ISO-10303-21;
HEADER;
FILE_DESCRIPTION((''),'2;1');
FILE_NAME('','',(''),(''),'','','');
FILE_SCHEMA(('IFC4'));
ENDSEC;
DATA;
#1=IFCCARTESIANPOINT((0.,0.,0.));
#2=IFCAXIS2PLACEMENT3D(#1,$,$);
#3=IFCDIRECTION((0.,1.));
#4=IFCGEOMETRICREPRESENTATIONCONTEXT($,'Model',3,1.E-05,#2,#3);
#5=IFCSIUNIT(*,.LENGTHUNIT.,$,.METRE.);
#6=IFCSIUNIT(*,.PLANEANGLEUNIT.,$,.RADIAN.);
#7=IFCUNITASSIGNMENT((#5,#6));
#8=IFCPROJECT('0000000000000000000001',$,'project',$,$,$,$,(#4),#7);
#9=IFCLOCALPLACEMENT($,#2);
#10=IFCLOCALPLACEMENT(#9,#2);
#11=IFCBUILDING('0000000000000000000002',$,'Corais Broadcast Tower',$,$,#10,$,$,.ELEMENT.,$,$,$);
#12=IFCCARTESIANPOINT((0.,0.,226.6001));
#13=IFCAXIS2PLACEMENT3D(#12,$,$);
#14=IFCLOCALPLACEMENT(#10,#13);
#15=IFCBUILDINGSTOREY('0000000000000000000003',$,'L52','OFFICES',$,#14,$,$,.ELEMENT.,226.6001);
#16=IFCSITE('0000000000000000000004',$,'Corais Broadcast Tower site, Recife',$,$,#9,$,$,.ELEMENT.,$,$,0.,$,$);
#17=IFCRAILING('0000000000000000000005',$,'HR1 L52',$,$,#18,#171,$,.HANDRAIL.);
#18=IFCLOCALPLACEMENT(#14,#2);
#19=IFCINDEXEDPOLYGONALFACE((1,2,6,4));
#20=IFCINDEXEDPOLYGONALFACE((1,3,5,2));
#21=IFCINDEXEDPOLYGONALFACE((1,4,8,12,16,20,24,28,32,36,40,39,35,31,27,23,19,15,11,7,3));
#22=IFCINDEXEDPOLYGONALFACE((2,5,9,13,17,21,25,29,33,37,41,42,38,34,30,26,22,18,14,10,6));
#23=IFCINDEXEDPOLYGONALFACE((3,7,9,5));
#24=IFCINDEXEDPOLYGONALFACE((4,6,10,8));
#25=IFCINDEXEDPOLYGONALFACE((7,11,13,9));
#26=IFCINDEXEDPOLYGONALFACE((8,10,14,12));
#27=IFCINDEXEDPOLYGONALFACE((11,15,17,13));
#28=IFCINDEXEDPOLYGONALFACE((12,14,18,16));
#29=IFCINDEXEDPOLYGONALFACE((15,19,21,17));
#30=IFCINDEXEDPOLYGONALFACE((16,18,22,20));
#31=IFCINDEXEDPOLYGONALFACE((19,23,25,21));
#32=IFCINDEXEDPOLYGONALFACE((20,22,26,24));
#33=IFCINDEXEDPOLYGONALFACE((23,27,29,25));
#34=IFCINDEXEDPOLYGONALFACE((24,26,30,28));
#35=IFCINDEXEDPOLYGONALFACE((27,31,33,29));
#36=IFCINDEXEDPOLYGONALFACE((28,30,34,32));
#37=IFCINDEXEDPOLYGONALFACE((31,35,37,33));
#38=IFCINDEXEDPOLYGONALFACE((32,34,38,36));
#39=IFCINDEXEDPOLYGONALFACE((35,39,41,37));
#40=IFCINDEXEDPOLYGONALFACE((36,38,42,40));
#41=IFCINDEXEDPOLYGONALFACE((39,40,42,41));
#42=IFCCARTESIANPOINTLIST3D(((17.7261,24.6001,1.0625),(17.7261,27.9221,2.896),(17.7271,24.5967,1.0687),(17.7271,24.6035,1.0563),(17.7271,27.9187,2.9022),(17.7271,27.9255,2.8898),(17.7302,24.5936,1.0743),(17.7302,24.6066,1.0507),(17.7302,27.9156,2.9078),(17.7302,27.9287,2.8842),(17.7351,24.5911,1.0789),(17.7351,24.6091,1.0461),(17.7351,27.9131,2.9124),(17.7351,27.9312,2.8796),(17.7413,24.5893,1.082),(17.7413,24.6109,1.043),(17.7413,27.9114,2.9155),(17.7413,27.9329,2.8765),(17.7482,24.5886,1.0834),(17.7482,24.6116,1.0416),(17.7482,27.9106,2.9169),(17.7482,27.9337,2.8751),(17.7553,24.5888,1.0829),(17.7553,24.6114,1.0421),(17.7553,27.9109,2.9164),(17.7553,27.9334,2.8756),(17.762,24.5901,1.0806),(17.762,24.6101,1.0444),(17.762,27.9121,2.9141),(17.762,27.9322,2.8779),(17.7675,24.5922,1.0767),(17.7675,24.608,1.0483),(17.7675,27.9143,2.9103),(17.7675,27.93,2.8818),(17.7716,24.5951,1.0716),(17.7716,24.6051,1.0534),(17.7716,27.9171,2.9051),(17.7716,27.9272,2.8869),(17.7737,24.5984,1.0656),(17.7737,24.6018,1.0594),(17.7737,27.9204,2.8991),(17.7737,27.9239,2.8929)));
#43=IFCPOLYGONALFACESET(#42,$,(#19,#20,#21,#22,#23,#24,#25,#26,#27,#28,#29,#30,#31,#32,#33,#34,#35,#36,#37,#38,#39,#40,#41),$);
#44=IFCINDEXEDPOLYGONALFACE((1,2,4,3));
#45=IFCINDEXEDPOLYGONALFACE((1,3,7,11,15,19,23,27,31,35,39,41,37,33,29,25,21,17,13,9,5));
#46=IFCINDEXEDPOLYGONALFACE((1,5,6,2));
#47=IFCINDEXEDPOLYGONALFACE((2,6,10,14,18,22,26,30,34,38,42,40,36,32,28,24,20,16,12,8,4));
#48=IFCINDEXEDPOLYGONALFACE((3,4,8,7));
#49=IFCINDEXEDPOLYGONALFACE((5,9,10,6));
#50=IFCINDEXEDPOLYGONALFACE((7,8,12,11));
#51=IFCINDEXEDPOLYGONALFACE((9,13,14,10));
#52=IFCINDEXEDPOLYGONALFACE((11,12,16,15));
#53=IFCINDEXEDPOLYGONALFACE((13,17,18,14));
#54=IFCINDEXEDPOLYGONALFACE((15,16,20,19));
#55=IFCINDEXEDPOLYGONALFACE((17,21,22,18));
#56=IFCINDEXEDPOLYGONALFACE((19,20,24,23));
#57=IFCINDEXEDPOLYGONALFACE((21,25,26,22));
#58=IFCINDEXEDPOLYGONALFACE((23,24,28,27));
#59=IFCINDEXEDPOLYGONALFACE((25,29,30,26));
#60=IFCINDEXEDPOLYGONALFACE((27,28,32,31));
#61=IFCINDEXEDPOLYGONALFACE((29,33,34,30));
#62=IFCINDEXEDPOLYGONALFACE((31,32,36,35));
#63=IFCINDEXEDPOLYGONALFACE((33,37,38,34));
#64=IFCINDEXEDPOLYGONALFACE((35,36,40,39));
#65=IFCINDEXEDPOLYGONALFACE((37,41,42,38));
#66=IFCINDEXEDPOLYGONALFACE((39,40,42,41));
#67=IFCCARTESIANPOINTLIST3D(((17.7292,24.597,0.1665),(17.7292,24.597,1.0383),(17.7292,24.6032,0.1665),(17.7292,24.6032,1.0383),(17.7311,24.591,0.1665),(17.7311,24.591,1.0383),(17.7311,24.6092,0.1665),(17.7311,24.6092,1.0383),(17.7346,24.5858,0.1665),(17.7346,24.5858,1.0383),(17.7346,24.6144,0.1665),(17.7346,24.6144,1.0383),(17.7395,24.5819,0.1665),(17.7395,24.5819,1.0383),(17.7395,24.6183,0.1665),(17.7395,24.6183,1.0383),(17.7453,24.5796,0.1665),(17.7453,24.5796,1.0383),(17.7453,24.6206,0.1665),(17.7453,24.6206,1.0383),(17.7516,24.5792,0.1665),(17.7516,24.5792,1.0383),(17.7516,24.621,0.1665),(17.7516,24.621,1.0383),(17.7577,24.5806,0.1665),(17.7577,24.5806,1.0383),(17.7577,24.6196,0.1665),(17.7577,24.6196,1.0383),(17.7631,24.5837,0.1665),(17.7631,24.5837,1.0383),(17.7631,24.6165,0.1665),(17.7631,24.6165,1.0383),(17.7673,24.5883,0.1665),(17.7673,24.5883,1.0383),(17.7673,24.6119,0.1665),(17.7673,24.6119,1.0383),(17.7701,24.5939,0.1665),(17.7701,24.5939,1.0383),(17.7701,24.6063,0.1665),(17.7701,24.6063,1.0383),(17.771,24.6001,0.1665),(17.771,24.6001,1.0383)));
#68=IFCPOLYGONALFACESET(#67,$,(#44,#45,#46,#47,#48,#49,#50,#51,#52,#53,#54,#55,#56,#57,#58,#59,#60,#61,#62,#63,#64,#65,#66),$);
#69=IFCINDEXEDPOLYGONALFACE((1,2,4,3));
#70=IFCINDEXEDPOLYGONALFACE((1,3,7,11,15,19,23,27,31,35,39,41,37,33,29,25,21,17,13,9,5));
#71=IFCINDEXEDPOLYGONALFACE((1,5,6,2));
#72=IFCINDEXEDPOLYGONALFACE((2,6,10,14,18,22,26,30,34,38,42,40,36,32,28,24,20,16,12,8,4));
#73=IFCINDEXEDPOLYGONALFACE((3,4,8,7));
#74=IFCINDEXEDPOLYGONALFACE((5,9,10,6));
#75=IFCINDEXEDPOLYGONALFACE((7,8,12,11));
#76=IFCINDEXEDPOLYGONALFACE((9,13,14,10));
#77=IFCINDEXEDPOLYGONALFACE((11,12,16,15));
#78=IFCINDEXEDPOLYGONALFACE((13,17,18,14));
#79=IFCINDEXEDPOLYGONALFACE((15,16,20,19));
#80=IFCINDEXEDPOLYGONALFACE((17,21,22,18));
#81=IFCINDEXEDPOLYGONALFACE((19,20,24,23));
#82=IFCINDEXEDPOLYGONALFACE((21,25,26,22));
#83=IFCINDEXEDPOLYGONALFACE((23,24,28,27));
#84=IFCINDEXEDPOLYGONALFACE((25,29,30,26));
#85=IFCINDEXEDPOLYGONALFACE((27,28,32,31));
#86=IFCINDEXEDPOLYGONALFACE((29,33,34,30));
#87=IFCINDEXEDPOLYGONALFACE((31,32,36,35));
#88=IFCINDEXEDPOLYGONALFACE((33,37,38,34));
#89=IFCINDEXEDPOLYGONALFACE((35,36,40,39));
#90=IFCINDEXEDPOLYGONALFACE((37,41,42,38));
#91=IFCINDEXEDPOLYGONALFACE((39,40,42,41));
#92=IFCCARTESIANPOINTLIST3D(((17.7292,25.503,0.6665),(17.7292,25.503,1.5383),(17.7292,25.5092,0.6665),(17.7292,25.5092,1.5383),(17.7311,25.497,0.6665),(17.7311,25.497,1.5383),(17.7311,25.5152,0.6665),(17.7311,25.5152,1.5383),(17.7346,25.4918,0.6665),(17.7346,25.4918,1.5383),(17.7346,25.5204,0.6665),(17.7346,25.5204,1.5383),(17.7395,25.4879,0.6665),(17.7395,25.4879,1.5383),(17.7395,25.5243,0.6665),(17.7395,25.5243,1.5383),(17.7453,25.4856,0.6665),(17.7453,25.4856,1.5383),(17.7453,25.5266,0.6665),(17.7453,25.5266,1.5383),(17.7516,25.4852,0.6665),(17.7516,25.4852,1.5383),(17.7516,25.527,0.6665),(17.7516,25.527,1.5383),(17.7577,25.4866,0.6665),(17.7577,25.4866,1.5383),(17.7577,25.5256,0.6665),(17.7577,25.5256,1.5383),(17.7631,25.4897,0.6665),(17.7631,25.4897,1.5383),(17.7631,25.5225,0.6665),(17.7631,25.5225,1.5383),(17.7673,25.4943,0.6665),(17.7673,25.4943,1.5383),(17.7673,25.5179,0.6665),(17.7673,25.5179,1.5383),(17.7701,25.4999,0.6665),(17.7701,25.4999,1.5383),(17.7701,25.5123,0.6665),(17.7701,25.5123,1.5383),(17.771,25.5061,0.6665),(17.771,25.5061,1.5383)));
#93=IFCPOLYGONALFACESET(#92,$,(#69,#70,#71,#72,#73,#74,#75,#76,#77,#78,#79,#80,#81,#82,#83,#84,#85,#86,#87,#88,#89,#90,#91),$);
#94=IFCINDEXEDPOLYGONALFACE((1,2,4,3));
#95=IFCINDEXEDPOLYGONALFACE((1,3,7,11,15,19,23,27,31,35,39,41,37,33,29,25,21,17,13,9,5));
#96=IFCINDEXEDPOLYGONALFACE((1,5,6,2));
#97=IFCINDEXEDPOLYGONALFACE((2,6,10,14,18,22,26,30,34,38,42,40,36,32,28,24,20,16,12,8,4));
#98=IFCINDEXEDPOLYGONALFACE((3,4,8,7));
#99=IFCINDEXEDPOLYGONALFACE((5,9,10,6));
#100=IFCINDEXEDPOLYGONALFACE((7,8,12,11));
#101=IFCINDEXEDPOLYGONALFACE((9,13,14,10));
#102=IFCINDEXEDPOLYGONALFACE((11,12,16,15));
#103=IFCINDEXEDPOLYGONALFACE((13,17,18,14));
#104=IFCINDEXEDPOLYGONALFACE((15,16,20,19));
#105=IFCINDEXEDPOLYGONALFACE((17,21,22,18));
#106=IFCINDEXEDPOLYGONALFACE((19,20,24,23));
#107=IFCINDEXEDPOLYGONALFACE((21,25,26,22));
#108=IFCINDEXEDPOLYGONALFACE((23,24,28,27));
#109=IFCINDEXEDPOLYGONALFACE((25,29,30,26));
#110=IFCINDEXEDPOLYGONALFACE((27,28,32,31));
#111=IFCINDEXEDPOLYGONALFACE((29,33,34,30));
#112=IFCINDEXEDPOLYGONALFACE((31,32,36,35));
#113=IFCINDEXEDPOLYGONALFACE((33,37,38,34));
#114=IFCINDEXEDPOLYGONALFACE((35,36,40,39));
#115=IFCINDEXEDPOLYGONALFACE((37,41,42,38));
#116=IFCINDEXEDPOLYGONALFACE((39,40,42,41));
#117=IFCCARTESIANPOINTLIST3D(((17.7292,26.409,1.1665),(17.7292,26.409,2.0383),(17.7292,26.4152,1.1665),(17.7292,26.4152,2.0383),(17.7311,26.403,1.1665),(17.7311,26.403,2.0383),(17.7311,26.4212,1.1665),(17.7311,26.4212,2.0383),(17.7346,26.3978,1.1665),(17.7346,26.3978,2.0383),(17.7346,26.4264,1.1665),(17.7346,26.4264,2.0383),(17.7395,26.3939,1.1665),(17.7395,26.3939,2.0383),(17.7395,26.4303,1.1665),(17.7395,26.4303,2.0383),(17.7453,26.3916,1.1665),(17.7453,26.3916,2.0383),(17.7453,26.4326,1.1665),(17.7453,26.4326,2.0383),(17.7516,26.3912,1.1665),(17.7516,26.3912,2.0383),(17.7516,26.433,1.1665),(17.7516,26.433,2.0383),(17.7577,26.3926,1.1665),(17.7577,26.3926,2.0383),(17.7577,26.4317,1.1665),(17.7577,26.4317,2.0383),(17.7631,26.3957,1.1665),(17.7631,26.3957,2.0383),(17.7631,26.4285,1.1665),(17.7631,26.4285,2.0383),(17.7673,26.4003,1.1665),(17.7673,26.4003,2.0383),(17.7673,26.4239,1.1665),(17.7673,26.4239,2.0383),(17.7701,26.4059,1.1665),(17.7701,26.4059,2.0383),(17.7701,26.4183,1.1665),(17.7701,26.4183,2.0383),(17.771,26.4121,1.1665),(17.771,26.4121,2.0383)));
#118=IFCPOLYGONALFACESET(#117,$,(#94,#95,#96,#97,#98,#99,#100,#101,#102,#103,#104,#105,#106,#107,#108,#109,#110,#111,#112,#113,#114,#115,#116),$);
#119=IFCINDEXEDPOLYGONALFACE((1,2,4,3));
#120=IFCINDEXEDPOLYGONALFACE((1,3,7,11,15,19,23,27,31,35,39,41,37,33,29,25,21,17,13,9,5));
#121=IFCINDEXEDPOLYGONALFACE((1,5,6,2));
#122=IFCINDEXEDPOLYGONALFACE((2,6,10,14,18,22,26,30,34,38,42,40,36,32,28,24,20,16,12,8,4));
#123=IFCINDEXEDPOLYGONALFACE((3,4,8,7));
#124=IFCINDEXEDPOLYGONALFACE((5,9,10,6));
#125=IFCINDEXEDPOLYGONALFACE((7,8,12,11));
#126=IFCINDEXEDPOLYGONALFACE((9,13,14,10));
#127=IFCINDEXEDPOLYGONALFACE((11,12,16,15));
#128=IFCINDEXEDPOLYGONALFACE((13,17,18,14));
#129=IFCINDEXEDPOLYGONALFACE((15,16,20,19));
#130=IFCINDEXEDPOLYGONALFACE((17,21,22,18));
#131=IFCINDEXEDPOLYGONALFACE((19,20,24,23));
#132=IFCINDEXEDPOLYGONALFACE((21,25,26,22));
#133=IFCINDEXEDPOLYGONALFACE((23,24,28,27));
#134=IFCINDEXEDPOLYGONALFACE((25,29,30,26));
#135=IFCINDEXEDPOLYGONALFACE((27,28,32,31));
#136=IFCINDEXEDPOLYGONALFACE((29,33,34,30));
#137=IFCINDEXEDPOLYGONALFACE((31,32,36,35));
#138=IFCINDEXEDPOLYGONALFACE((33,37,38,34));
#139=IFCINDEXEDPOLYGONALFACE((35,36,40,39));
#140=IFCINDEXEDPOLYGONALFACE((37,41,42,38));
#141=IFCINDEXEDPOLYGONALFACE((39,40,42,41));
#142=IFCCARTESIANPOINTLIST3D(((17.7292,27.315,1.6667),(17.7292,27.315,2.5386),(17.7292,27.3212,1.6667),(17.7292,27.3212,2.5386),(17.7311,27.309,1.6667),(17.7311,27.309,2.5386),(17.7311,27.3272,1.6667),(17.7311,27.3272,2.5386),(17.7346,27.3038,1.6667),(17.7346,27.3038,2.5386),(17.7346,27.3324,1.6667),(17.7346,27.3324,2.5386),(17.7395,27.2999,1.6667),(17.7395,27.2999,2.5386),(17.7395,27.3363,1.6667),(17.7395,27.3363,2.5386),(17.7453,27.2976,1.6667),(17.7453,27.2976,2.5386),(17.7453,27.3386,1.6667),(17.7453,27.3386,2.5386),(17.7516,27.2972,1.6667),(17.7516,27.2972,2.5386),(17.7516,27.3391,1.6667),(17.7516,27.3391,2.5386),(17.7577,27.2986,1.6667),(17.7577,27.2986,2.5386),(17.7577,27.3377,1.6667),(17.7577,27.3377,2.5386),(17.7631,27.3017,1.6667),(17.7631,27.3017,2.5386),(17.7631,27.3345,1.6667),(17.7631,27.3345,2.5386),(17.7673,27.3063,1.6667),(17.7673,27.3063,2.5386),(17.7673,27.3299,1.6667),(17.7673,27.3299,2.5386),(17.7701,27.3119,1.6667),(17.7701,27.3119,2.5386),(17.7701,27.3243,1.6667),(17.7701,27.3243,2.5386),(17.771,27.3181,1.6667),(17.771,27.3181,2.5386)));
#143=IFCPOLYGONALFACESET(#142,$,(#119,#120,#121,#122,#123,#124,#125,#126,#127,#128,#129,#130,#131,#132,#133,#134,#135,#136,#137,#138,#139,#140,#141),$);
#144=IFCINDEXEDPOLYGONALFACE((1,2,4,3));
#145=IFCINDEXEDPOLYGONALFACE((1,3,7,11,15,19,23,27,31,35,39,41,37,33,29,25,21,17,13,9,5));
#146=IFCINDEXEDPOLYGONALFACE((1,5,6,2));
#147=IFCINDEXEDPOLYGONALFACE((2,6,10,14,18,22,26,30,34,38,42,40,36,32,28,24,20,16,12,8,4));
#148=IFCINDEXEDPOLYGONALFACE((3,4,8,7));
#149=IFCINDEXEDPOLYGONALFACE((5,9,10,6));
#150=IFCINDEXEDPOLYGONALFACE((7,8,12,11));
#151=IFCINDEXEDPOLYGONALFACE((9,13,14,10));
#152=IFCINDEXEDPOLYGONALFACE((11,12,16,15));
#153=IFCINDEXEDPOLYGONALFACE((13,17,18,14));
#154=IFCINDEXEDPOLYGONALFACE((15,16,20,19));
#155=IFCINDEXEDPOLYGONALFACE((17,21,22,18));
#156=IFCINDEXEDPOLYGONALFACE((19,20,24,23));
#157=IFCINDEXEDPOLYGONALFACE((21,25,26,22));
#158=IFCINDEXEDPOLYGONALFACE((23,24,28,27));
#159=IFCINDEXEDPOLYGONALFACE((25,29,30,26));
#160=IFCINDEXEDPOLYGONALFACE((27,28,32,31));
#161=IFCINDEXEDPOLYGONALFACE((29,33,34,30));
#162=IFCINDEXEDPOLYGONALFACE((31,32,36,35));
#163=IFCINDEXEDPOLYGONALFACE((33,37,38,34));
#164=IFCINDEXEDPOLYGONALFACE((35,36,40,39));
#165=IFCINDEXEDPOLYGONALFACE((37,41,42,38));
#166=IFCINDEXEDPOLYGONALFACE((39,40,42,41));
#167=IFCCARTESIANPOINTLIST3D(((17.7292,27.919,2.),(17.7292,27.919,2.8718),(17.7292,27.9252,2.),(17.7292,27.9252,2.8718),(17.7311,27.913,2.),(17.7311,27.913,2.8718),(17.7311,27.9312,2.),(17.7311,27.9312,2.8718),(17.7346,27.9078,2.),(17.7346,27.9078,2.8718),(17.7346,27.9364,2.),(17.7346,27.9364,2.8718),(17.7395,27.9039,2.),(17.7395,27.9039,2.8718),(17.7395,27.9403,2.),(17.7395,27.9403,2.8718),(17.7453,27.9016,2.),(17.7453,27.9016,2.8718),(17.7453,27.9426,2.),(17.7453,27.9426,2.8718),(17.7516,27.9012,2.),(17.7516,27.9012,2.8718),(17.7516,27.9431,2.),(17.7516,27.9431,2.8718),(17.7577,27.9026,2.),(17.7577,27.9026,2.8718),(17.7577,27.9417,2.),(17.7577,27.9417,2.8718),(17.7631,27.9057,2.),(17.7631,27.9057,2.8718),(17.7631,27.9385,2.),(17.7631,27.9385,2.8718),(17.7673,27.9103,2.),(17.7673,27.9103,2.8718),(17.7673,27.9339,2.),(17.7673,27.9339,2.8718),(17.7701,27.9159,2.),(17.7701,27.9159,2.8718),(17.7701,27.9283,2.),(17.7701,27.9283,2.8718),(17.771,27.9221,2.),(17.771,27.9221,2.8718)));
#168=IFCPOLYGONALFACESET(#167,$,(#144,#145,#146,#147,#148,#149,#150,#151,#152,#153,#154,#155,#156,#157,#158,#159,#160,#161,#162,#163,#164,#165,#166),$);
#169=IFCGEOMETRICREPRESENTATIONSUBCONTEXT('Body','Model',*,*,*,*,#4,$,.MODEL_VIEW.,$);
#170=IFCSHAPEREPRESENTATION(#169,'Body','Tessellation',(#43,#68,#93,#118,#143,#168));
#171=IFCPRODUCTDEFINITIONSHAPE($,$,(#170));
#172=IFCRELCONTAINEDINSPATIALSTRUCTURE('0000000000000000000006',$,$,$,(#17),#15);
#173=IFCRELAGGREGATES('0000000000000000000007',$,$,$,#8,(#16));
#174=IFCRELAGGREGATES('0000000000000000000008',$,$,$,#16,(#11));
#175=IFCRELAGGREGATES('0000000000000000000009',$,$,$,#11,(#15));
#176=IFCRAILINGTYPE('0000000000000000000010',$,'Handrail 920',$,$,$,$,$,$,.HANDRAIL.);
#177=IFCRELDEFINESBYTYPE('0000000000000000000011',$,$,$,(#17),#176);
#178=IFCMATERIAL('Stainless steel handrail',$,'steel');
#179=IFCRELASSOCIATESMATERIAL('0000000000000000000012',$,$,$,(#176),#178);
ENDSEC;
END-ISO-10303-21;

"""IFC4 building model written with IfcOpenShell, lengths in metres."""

from ifc_helpers import new_model, si_unit, direction, frame, origin, origin_2d, place, context, subcontext, project, spatial, circle, extrude, material, type_object, element, save


model = new_model("IFC4")

# Units and contexts
model_context = context("Model", 3, precision=1e-05, world=origin(), true_north=direction((0.0, 1.0)))
body_context = subcontext(model_context, "Body", "Model", "MODEL_VIEW")
ifc_project = project(units=[si_unit("LENGTHUNIT", "METRE"), si_unit("PLANEANGLEUNIT", "RADIAN")], contexts=[model_context])

# Site, building, storey
site_placement = place(None, origin())
site = spatial("IfcSite", under=ifc_project, at=site_placement, Name="Corais Broadcast Tower site, Recife", CompositionType="ELEMENT", RefElevation=0.0)
building_placement = place(site_placement, origin())
building = spatial("IfcBuilding", under=site, at=building_placement, Name="Corais Broadcast Tower", CompositionType="ELEMENT")
storey_placement = place(building_placement, frame((0.0, 0.0, 226.6001)))
storey = spatial("IfcBuildingStorey", under=building, at=storey_placement, Name="L52", Description="OFFICES", CompositionType="ELEMENT", Elevation=226.6001)

# Railing
ifc_material_1 = material(Name="Stainless steel handrail", Category="steel")
railing_type = type_object("IfcRailingType", Name="Handrail 920", PredefinedType="HANDRAIL", material=ifc_material_1)
for number, where, name in (
    (1, (17.75, 24.6001, 0.1665), "HR1 L52"),
):
    element("IfcRailing", number, at=place(storey_placement, frame(where)), inside=storey, type_object=railing_type, Name=name, PredefinedType="HANDRAIL", context=body_context, shape_type="SweptSolid", body=[
        extrude(circle(Radius=0.0239, at=origin_2d()), frame((0.0, 0.0, 0.896), z_axis=(0.0, 0.875504, 0.48321), x_axis=(-1.0, 0.0, 0.0)), (0.0, 0.0, 1.0), 3.7944),
        extrude(circle(Radius=0.021, at=origin_2d()), origin(), (0.0, 0.0, 1.0), 0.8718),
        extrude(circle(Radius=0.021, at=origin_2d()), frame((0.0, 0.906, 0.5)), (0.0, 0.0, 1.0), 0.8718),
        extrude(circle(Radius=0.021, at=origin_2d()), frame((0.0, 1.812, 1.0)), (0.0, 0.0, 1.0), 0.8718),
        extrude(circle(Radius=0.021, at=origin_2d()), frame((0.0, 2.718, 1.5002)), (0.0, 0.0, 1.0), 0.8718),
        extrude(circle(Radius=0.021, at=origin_2d()), frame((0.0, 3.322, 1.8335)), (0.0, 0.0, 1.0), 0.8718),
    ])

save(model, "model.ifc")
